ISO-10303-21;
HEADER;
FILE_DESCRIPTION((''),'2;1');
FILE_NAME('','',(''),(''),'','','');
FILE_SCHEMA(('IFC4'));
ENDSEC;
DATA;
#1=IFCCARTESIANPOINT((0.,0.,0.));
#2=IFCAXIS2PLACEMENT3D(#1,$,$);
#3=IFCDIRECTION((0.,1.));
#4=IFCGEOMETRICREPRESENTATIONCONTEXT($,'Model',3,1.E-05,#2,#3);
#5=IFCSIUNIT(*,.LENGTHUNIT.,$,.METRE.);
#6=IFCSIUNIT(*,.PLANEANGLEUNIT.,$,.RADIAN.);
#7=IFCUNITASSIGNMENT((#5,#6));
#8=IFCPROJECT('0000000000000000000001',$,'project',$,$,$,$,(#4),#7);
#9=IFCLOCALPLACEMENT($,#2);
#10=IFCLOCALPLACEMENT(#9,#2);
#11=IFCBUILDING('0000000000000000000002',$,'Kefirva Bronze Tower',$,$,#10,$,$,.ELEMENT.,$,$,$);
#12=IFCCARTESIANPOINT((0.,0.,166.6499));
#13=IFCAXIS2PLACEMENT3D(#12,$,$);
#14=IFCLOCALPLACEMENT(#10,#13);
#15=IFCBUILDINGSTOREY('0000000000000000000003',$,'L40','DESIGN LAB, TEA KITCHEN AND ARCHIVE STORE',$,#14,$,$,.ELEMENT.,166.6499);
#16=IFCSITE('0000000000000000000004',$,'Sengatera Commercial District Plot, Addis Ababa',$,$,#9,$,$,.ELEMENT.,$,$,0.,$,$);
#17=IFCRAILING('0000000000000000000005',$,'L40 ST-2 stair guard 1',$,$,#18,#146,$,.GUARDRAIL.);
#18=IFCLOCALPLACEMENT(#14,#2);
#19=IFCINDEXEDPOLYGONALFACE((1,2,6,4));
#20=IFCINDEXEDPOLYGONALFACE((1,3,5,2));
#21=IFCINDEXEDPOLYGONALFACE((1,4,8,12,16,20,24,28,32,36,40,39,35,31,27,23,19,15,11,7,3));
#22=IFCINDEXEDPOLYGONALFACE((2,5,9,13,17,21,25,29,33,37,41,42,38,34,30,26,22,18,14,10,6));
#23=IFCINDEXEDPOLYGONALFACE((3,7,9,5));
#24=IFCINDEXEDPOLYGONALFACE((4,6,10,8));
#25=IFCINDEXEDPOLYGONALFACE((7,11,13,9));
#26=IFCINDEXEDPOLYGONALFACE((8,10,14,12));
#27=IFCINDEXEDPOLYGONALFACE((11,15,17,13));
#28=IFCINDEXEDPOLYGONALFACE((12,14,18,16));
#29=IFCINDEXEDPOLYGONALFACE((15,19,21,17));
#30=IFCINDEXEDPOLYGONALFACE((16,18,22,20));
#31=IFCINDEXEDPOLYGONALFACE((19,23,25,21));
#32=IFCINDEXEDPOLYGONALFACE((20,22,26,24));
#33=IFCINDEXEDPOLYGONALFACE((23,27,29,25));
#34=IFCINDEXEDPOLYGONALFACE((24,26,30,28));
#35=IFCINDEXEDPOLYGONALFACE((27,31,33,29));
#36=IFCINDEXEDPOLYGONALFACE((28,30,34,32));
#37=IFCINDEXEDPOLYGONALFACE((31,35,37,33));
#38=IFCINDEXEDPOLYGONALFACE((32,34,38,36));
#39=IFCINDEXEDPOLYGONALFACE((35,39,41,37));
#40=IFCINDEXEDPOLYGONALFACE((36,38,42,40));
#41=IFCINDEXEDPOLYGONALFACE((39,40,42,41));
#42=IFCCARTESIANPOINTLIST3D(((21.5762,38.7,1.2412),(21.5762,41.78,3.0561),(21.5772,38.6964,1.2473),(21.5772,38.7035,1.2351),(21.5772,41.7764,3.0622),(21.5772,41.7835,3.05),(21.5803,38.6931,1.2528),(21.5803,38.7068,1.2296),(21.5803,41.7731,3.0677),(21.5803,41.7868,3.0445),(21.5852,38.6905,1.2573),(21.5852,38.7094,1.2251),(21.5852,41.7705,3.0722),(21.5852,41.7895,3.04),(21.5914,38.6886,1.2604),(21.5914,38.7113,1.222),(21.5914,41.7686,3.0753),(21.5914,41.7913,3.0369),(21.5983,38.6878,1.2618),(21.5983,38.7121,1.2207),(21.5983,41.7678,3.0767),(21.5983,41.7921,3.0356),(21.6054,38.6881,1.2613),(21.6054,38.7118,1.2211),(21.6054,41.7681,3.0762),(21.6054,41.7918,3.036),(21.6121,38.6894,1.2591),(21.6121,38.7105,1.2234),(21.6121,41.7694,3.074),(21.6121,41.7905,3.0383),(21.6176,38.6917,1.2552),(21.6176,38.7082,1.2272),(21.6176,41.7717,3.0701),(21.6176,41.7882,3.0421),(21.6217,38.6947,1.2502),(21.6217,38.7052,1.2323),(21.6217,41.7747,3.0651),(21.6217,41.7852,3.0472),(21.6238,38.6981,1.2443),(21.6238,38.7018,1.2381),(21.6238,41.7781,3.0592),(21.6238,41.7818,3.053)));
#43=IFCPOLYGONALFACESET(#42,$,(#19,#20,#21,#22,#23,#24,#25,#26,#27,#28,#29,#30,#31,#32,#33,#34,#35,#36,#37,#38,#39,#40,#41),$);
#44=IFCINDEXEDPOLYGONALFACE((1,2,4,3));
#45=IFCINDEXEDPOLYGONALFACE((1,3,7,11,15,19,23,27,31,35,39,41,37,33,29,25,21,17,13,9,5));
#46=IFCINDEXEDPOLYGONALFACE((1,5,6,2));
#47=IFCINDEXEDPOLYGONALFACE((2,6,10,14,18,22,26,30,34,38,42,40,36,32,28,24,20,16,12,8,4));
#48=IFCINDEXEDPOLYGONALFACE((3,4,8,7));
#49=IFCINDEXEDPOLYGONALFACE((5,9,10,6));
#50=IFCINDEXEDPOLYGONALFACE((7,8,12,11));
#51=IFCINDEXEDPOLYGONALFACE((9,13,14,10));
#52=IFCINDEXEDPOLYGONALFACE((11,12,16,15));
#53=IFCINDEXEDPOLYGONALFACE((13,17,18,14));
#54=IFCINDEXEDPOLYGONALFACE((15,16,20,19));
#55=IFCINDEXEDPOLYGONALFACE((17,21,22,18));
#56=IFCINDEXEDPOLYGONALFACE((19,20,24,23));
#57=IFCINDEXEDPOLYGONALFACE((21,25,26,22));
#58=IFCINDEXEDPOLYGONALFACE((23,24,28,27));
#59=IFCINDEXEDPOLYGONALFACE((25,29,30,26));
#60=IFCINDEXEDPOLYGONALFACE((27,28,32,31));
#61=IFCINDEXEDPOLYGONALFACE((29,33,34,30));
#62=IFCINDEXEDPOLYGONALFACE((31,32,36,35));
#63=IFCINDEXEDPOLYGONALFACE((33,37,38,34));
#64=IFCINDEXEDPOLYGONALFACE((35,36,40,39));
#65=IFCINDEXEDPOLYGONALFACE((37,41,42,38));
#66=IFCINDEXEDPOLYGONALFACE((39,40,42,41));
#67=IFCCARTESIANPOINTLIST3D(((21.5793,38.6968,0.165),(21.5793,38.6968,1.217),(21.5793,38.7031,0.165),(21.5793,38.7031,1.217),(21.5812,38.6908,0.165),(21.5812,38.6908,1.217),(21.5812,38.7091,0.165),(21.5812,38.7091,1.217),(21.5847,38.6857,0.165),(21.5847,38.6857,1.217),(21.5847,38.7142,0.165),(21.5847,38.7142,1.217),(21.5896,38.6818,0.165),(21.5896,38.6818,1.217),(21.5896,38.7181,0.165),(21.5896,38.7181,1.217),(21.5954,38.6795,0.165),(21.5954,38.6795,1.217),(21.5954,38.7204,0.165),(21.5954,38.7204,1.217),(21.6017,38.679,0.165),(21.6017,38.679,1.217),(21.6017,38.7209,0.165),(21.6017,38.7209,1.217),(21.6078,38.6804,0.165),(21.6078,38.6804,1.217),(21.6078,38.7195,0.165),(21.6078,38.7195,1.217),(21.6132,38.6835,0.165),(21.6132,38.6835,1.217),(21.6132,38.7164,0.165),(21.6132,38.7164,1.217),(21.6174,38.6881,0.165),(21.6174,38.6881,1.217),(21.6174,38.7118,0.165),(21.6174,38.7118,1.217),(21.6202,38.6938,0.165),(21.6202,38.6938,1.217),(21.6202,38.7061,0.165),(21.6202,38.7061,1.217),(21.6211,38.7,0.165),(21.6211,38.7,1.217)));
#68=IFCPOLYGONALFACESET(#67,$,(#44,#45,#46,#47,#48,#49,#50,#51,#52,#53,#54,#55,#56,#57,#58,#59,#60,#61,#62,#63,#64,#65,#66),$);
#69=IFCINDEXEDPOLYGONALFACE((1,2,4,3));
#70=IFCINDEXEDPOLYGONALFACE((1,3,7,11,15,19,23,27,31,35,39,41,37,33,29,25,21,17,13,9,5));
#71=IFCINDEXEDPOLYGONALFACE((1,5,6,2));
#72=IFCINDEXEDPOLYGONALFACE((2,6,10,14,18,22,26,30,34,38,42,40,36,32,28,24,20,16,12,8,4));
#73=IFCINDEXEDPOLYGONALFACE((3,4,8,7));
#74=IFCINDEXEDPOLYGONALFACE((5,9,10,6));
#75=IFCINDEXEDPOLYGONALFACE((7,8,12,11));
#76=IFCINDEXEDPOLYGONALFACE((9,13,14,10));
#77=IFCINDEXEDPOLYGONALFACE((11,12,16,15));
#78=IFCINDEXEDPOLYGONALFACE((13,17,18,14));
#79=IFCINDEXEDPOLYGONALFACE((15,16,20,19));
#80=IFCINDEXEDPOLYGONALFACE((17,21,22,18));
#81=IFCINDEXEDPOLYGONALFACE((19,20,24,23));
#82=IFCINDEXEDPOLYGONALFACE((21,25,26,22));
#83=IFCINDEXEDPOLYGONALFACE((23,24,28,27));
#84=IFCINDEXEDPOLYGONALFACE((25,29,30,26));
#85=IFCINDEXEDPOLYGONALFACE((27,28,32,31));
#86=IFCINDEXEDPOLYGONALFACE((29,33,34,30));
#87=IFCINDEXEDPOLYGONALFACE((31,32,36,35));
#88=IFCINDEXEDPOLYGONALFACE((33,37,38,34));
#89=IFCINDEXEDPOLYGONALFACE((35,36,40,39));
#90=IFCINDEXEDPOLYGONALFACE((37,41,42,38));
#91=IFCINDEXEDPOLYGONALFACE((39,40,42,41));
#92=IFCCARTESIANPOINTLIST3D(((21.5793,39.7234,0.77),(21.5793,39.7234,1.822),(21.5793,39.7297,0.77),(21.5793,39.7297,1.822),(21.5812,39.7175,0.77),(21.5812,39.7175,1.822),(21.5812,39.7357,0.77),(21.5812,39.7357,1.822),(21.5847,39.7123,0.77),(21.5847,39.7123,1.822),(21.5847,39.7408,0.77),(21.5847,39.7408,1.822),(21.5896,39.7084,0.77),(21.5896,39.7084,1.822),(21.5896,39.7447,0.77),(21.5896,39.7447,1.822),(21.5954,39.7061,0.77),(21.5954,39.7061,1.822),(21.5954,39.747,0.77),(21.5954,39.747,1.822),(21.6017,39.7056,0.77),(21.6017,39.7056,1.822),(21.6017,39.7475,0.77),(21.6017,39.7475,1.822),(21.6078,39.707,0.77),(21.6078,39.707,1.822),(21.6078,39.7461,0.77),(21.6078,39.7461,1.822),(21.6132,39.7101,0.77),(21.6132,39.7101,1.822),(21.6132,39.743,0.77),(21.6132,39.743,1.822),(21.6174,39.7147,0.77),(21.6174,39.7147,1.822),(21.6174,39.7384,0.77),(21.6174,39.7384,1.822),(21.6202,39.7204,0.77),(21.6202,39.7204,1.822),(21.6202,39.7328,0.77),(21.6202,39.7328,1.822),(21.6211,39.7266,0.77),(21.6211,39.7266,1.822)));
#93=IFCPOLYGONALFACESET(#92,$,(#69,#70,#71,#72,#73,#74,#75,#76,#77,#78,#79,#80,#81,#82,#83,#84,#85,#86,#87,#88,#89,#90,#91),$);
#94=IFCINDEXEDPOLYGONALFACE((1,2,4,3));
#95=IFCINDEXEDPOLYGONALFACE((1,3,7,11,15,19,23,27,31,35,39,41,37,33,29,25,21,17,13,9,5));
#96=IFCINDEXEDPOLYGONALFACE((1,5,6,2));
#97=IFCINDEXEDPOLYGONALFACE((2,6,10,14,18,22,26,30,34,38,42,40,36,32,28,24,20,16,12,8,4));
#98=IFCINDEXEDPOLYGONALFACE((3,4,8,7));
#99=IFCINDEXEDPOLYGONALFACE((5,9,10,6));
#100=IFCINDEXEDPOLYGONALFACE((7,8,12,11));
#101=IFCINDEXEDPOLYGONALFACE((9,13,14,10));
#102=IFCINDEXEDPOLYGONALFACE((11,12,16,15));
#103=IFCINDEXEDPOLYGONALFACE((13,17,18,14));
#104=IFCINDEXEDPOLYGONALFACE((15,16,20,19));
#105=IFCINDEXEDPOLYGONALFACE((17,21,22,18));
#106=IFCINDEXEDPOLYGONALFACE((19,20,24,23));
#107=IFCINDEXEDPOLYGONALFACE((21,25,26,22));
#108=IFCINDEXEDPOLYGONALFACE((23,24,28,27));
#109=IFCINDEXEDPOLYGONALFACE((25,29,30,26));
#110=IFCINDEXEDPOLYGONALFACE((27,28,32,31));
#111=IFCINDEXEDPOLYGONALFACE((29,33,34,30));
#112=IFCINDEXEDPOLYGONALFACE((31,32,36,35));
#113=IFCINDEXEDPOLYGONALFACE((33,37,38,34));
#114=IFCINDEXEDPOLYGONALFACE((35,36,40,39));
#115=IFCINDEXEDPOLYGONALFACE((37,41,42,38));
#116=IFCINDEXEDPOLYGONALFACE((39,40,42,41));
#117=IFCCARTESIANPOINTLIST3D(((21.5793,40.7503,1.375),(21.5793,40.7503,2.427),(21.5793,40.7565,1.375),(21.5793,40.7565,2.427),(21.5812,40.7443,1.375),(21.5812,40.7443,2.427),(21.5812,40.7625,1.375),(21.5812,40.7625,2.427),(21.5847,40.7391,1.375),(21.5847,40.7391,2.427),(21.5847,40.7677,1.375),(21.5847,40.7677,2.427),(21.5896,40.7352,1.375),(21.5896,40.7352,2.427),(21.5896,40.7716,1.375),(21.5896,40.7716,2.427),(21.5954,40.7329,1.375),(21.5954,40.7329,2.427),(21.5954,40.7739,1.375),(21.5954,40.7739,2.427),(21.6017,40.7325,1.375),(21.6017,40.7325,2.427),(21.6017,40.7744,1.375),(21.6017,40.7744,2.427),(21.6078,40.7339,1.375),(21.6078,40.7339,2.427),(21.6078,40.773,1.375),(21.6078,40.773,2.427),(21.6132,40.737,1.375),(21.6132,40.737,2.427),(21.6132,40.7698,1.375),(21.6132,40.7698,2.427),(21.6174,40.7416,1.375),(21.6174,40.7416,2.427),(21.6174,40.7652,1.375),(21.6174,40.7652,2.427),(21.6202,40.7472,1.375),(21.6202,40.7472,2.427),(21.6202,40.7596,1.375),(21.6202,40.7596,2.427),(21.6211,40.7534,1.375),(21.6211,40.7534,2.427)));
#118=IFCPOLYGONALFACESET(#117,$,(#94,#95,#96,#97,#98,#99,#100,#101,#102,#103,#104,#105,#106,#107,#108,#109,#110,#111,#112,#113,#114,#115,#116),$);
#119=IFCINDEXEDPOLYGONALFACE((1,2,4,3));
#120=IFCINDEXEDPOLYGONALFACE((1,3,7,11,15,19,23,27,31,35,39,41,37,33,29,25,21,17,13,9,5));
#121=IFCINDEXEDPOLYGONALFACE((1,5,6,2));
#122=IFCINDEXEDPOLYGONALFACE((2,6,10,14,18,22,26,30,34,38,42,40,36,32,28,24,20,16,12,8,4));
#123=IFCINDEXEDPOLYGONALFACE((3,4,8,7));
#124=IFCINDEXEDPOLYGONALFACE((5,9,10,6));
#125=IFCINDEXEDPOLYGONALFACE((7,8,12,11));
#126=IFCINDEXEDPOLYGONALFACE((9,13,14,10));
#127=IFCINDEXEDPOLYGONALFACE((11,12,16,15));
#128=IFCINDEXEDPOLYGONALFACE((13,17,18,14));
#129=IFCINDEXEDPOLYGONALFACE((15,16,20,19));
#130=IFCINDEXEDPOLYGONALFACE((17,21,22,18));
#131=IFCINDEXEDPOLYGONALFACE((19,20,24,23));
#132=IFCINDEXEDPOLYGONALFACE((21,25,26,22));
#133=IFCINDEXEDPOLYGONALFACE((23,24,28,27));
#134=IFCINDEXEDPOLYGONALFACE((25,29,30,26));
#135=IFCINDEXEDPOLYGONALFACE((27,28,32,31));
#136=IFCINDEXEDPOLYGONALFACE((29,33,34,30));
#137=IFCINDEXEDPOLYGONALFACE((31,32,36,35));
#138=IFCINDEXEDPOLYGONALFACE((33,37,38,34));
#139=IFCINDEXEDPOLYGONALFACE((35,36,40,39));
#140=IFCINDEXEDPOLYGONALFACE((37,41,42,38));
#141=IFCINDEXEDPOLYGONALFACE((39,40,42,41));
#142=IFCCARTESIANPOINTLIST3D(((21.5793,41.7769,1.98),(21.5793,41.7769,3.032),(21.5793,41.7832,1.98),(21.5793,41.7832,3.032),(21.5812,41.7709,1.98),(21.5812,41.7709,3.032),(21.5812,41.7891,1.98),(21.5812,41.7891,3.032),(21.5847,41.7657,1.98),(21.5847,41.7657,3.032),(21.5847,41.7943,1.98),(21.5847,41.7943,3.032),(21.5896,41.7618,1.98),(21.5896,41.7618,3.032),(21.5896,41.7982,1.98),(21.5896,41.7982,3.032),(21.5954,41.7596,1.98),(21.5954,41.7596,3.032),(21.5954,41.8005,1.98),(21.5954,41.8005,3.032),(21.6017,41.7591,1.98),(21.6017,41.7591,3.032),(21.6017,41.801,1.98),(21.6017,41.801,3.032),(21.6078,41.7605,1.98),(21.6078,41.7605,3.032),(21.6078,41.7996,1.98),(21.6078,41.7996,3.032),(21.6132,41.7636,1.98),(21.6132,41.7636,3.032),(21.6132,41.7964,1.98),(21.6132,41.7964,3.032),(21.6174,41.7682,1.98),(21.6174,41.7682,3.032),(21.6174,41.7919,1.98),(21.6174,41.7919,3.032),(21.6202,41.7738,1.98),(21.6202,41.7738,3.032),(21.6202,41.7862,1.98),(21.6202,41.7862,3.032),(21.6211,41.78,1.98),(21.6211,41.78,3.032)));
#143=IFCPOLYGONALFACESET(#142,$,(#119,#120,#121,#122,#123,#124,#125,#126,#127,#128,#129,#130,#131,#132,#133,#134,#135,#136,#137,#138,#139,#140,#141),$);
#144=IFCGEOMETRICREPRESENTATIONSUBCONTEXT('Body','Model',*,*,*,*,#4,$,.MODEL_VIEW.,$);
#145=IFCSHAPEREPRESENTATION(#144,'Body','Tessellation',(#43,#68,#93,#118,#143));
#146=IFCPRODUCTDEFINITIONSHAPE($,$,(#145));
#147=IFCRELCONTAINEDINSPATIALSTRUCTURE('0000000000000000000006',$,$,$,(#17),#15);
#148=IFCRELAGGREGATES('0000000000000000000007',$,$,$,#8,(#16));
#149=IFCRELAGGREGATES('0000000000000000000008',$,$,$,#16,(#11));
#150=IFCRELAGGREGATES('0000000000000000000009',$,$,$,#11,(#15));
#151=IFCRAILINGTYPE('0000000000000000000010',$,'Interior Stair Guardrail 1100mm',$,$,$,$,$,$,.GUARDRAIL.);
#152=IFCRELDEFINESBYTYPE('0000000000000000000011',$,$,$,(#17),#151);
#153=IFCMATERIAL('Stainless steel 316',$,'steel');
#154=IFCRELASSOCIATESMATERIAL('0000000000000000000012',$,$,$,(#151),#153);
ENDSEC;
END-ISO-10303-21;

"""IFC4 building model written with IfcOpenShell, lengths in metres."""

from ifc_helpers import new_model, si_unit, direction, frame, origin, origin_2d, place, context, subcontext, project, spatial, circle, extrude, material, type_object, element, save


model = new_model("IFC4")

# Units and contexts
model_context = context("Model", 3, precision=1e-05, world=origin(), true_north=direction((0.0, 1.0)))
body_context = subcontext(model_context, "Body", "Model", "MODEL_VIEW")
ifc_project = project(units=[si_unit("LENGTHUNIT", "METRE"), si_unit("PLANEANGLEUNIT", "RADIAN")], contexts=[model_context])

# Site, building, storey
site_placement = place(None, origin())
site = spatial("IfcSite", under=ifc_project, at=site_placement, Name="Sengatera Commercial District Plot, Addis Ababa", CompositionType="ELEMENT", RefElevation=0.0)
building_placement = place(site_placement, origin())
building = spatial("IfcBuilding", under=site, at=building_placement, Name="Kefirva Bronze Tower", CompositionType="ELEMENT")
storey_placement = place(building_placement, frame((0.0, 0.0, 166.6499)))
storey = spatial("IfcBuildingStorey", under=building, at=storey_placement, Name="L40", Description="DESIGN LAB, TEA KITCHEN AND ARCHIVE STORE", CompositionType="ELEMENT", Elevation=166.6499)

# Railing
ifc_material_1 = material(Name="Stainless steel 316", Category="steel")
railing_type_1 = type_object("IfcRailingType", Name="Interior Stair Guardrail 1100mm", PredefinedType="GUARDRAIL", material=ifc_material_1)
railing_1_placement = place(storey_placement, frame((21.6001, 38.7, 0.165)))
element("IfcRailing", 1, at=railing_1_placement, inside=storey, type_object=railing_type_1, Name="L40 ST-2 stair guard 1", PredefinedType="GUARDRAIL", context=body_context, shape_type="SweptSolid", body=[
    extrude(circle(Radius=0.0239, at=origin_2d()), frame((0.0, 0.0, 1.0762), z_axis=(0.0, 0.861551, 0.507671), x_axis=(-1.0, 0.0, 0.0)), (0.0, 0.0, 1.0), 3.575),
    extrude(circle(Radius=0.021, at=origin_2d()), origin(), (0.0, 0.0, 1.0), 1.052),
    extrude(circle(Radius=0.021, at=origin_2d()), frame((0.0, 1.0266, 0.605)), (0.0, 0.0, 1.0), 1.052),
    extrude(circle(Radius=0.021, at=origin_2d()), frame((0.0, 2.0535, 1.21)), (0.0, 0.0, 1.0), 1.052),
    extrude(circle(Radius=0.021, at=origin_2d()), frame((0.0, 3.0801, 1.8149)), (0.0, 0.0, 1.0), 1.052),
])

save(model, "model.ifc")
